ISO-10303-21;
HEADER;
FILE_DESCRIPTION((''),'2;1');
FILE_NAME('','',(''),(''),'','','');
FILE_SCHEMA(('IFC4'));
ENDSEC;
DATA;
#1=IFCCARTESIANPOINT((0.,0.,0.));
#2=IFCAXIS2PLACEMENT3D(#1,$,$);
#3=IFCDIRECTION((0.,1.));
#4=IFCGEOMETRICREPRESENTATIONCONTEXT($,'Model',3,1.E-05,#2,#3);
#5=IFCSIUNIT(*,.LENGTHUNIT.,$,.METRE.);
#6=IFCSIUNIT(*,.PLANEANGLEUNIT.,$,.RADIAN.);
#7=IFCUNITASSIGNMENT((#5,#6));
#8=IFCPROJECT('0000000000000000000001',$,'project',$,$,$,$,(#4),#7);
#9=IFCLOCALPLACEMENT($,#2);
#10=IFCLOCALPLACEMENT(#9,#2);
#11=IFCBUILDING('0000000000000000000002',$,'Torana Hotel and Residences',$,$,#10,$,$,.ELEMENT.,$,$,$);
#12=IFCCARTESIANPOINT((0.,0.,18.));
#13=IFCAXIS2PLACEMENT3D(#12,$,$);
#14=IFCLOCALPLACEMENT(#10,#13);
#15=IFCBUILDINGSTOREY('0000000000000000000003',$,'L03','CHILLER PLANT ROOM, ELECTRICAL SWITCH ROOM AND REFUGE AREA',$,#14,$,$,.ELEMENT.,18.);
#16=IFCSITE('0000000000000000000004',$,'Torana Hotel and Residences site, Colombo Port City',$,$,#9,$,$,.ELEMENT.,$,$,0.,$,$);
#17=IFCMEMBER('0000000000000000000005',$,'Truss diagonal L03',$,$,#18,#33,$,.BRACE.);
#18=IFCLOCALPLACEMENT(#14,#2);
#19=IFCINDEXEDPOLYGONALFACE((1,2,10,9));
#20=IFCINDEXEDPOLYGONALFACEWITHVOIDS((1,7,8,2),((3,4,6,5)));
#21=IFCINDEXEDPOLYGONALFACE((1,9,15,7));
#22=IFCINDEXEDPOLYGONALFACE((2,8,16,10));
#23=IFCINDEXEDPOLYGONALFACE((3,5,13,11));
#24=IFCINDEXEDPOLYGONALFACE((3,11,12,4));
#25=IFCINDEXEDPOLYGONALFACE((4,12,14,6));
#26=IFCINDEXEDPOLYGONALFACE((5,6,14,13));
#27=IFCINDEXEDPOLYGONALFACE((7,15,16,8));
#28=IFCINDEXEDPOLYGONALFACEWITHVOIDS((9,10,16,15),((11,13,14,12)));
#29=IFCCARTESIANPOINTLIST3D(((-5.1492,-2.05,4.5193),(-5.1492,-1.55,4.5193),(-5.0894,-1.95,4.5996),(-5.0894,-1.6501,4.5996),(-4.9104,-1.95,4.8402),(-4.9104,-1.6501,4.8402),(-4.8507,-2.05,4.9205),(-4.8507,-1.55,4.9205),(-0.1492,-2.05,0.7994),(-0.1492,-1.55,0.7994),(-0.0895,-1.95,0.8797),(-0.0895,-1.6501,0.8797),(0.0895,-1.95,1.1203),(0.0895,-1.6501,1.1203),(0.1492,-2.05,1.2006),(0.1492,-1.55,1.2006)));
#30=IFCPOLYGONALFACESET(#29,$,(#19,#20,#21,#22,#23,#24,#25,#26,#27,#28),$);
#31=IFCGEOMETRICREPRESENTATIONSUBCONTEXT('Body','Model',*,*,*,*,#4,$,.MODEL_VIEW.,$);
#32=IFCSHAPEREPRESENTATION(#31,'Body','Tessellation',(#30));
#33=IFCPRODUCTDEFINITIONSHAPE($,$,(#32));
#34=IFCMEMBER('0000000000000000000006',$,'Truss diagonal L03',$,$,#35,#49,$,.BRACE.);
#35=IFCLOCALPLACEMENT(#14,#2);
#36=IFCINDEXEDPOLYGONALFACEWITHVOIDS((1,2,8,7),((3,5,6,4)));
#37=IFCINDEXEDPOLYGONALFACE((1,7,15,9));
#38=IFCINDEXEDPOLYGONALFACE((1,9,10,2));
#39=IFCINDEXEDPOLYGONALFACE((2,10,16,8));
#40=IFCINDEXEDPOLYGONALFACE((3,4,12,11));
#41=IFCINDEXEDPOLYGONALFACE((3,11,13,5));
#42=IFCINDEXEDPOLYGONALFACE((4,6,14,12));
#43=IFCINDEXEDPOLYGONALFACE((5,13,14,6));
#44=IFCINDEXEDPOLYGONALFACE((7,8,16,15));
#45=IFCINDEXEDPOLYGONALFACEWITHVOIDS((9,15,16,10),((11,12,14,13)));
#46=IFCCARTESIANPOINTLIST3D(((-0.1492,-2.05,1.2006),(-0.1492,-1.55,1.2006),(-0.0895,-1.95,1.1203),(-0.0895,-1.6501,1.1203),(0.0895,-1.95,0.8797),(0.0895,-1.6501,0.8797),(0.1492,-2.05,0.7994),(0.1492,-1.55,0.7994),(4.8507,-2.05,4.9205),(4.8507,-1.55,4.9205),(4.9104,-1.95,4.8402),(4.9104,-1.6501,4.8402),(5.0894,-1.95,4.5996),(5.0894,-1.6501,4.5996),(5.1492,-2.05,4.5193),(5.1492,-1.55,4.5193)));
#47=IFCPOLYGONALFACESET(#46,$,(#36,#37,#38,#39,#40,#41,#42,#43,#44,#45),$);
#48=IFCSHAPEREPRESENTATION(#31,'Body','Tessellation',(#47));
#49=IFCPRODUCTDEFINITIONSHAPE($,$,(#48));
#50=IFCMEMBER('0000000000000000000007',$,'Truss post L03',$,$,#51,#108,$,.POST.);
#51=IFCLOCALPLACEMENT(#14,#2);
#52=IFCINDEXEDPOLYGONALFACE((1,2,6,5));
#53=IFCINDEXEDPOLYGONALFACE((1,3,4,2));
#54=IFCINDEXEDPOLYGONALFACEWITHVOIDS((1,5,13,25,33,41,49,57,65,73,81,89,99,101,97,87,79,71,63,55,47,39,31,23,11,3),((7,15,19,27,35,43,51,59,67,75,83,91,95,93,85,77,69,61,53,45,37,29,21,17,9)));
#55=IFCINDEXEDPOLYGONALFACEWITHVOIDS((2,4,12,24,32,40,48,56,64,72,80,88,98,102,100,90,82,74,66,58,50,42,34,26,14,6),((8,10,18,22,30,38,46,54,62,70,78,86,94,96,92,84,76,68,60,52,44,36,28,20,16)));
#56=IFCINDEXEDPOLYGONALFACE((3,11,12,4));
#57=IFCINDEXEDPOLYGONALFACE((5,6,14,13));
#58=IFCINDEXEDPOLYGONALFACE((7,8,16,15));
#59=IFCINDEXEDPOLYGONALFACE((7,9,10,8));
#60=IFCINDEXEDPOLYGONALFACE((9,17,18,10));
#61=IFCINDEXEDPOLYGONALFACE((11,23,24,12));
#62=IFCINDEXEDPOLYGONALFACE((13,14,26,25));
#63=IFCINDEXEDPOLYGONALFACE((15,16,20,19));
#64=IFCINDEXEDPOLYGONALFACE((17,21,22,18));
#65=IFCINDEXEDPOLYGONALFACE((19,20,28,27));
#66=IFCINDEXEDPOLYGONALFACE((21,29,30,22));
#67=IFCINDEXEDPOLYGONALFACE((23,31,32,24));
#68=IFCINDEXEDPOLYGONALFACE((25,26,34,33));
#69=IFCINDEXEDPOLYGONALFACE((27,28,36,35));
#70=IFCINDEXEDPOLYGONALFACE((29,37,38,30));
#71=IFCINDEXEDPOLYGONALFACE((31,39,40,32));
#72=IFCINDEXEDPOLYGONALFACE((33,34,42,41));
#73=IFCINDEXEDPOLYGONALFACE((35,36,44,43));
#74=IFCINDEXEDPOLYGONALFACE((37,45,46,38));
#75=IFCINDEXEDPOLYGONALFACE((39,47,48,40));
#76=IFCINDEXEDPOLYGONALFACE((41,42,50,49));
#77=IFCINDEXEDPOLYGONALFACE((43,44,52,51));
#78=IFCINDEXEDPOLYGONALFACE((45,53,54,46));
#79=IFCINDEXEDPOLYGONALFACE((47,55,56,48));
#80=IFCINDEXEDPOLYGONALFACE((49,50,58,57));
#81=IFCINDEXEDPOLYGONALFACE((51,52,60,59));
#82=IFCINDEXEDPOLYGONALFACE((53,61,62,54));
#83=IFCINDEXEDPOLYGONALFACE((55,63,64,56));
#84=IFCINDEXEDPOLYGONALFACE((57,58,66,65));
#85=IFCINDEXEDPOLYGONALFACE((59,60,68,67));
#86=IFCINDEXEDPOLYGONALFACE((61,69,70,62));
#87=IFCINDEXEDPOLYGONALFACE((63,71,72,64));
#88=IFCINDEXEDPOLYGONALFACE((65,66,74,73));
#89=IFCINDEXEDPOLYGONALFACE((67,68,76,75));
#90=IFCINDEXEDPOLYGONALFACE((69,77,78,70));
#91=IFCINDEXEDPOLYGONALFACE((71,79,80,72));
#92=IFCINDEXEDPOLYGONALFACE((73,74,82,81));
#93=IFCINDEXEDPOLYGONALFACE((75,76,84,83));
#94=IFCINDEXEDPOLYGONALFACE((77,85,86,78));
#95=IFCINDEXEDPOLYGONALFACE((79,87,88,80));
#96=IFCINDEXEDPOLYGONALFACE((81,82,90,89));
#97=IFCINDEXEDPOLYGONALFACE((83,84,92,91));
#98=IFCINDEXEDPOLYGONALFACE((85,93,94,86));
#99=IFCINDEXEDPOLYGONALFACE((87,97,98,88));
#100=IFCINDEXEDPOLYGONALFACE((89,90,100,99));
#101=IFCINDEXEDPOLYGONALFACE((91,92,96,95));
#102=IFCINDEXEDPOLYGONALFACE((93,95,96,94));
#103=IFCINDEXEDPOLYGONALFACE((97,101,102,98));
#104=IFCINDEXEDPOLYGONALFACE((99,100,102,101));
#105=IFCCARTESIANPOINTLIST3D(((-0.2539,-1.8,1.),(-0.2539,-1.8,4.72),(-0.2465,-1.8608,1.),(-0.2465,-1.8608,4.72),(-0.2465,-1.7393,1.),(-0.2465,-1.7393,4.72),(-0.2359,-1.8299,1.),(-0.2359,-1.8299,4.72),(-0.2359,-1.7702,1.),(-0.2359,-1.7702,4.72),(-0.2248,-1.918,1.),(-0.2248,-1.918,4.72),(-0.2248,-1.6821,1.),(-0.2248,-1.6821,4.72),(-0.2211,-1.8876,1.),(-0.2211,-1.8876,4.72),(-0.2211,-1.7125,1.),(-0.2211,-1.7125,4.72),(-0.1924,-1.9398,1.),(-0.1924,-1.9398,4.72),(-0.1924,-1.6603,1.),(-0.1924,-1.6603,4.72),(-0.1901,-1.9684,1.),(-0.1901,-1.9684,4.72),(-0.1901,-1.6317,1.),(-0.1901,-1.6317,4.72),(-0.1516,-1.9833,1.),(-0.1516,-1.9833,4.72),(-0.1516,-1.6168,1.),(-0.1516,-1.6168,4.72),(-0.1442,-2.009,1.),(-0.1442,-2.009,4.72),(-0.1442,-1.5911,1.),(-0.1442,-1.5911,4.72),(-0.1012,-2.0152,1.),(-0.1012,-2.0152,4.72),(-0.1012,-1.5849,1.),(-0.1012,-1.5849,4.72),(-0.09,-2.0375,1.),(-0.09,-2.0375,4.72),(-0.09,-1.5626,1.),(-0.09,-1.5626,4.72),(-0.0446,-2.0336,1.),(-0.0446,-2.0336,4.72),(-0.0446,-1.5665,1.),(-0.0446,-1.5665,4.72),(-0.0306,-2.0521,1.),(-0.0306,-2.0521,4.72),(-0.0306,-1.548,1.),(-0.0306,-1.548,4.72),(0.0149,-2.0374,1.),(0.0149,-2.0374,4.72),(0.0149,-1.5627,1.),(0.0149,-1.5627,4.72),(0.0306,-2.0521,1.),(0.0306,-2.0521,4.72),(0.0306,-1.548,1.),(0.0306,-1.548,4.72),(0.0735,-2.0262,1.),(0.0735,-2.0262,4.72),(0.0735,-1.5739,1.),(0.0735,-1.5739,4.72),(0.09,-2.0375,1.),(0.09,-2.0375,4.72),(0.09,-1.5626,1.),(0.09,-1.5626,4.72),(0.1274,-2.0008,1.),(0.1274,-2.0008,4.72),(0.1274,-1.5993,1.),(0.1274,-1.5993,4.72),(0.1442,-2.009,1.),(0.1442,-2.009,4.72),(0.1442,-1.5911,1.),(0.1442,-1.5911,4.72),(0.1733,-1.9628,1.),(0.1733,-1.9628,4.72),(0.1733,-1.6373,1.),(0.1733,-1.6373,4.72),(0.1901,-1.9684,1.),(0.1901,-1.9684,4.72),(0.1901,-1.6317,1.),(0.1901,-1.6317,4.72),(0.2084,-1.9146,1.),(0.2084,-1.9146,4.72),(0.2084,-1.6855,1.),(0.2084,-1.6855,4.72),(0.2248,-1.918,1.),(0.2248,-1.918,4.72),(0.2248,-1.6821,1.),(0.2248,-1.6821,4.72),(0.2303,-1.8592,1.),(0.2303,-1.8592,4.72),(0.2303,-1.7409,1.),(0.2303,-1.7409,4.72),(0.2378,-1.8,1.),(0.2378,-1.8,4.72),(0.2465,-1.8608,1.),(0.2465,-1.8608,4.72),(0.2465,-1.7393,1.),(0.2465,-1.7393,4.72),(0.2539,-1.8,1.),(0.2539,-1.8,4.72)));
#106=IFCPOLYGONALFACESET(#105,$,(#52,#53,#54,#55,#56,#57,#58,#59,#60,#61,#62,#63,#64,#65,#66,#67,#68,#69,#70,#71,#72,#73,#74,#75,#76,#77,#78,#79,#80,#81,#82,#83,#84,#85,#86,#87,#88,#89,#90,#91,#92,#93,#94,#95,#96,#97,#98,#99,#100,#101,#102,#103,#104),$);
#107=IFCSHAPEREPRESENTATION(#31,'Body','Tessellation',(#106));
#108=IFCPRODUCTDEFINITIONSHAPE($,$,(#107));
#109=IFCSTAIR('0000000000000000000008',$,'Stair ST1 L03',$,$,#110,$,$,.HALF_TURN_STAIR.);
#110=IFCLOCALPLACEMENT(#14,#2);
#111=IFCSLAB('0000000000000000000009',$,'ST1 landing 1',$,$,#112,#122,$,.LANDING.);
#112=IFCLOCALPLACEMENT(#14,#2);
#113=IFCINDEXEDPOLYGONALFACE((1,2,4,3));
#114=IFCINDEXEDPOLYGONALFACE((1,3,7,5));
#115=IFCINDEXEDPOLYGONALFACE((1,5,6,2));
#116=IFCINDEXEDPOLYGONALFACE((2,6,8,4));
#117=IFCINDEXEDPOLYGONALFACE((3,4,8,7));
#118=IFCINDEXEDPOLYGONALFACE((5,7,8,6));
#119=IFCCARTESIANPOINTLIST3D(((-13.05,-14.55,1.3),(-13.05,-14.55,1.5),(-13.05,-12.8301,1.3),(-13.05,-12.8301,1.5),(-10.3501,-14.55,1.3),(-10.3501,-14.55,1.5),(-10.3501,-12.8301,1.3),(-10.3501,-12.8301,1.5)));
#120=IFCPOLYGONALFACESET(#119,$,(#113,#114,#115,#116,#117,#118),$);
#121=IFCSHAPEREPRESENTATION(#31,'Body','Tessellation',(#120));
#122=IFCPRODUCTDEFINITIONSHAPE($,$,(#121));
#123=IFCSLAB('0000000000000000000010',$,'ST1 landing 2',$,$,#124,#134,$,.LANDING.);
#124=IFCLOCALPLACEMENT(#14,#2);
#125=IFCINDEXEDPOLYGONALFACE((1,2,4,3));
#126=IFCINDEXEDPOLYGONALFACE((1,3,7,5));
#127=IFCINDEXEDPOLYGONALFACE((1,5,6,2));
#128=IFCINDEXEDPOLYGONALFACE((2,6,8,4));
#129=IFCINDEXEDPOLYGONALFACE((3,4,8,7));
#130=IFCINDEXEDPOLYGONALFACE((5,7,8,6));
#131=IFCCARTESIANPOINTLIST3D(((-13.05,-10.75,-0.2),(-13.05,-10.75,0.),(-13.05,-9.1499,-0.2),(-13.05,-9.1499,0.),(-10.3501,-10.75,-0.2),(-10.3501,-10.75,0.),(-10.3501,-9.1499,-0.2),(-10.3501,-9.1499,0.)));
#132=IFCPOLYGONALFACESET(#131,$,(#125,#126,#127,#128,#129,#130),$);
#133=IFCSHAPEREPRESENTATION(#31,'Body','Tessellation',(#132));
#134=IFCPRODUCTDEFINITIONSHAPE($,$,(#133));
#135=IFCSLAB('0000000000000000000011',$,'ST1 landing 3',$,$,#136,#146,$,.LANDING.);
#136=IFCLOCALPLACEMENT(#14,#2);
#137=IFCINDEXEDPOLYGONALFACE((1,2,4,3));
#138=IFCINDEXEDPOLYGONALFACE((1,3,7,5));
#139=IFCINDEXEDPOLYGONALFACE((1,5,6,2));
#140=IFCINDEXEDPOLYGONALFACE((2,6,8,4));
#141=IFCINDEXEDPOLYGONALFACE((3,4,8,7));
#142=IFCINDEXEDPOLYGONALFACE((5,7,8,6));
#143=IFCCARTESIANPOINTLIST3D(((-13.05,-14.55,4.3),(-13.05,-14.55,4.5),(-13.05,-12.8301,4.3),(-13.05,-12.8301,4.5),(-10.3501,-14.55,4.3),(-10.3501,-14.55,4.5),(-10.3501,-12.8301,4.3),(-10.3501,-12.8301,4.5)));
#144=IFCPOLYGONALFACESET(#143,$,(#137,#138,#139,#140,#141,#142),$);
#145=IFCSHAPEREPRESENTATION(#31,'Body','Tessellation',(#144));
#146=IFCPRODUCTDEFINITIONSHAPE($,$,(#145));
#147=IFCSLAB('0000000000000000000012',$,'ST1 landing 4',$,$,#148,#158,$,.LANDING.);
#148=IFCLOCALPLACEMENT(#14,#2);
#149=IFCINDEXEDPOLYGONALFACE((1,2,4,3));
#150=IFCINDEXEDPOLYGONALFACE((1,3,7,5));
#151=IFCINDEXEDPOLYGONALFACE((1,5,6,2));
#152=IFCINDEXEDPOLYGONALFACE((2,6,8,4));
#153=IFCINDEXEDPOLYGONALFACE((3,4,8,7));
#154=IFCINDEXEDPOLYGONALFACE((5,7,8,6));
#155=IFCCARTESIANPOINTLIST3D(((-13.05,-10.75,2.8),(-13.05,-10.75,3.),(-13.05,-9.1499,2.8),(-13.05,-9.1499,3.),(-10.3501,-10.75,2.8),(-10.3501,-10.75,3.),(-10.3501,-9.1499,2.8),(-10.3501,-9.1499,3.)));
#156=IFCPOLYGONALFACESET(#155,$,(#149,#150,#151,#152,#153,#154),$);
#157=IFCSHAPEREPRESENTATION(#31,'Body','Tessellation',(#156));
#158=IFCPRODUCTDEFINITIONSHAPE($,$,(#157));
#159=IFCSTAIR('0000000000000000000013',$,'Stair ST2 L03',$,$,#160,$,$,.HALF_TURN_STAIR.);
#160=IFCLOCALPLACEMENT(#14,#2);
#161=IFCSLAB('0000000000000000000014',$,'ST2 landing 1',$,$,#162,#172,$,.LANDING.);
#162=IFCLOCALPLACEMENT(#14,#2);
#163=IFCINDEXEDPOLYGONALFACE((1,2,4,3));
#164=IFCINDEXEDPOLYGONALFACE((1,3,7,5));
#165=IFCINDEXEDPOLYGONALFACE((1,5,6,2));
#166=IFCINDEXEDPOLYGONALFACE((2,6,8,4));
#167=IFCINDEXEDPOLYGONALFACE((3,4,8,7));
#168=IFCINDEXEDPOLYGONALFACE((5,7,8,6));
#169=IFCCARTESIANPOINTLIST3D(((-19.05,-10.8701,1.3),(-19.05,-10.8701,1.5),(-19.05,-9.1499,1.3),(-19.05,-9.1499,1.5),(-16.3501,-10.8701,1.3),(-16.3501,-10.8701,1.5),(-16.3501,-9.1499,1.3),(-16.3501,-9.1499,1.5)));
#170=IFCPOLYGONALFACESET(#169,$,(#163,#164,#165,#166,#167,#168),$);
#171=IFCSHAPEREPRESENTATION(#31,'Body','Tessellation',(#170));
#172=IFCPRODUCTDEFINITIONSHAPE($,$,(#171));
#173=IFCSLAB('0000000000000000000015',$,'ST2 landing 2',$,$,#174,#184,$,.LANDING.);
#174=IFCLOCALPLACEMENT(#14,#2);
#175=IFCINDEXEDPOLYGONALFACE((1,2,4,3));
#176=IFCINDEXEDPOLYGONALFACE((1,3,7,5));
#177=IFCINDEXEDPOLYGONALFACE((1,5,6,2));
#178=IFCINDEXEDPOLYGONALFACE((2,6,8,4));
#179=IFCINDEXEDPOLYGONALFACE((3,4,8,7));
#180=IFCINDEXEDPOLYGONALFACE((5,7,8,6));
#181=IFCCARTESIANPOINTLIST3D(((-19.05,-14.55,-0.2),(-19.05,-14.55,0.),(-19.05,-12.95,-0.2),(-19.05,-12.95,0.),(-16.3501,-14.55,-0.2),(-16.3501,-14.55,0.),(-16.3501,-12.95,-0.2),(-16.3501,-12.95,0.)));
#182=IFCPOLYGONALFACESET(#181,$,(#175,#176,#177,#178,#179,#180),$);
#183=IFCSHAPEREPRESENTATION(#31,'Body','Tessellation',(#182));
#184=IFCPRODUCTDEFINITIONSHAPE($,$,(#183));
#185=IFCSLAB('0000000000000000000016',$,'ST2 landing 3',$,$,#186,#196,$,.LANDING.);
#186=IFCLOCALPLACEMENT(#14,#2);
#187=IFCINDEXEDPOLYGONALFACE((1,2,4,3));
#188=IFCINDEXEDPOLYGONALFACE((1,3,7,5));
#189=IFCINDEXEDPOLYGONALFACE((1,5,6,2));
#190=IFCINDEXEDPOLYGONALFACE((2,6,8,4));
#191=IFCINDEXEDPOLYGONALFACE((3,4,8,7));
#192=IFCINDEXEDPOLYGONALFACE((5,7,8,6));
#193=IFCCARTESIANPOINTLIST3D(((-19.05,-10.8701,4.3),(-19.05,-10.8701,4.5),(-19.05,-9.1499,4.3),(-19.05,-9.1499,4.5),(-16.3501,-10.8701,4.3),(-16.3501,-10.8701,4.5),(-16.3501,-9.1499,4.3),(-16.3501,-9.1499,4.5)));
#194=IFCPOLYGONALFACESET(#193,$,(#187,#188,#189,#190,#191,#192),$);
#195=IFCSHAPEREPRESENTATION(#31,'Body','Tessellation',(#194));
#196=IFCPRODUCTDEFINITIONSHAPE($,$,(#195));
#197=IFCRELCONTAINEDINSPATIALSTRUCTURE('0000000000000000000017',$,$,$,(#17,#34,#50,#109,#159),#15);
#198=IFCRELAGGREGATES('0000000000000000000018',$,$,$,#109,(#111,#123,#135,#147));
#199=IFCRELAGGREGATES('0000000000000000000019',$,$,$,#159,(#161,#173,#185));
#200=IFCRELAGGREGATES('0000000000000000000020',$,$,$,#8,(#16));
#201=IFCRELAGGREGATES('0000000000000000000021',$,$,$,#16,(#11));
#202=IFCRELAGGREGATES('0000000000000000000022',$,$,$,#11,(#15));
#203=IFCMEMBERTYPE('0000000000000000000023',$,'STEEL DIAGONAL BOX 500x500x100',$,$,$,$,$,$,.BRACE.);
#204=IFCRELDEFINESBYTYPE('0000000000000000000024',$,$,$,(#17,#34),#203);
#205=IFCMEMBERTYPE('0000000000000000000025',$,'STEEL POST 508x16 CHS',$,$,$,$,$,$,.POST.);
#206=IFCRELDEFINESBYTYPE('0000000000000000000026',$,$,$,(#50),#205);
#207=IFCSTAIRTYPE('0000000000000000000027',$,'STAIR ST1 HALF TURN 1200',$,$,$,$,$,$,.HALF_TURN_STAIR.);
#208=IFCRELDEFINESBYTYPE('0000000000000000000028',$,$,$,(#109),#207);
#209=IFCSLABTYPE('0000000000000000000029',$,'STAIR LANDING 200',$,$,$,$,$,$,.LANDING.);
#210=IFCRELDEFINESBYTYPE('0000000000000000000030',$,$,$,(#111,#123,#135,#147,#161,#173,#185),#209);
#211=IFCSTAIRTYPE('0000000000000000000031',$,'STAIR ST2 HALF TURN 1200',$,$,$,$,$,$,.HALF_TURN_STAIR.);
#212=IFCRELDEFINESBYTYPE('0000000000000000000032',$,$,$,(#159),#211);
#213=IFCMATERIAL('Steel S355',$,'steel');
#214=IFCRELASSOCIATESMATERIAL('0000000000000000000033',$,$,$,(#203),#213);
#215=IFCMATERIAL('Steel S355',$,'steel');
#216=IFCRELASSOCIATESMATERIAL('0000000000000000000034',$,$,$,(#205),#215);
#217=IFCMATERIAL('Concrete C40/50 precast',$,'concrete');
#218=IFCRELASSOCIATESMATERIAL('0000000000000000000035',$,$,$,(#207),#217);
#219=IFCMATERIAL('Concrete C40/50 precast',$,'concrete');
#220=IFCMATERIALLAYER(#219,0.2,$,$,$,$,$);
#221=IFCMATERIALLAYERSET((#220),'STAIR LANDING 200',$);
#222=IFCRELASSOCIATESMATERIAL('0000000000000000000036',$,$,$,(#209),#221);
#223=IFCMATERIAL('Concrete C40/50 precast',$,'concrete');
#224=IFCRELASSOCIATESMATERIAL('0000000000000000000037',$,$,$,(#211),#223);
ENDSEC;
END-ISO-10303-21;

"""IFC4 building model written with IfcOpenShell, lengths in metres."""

from ifc_helpers import new_model, si_unit, direction, frame, origin, origin_2d, place, context, subcontext, project, spatial, polyline, hollow_rectangle, hollow_circle, outline, extrude, material, layer, layer_set, material_profile, profile_set, type_object, element, aggregate, save


model = new_model("IFC4")

# Units and contexts
model_context = context("Model", 3, precision=1e-05, world=origin(), true_north=direction((0.0, 1.0)))
body_context = subcontext(model_context, "Body", "Model", "MODEL_VIEW")
ifc_project = project(units=[si_unit("LENGTHUNIT", "METRE"), si_unit("PLANEANGLEUNIT", "RADIAN")], contexts=[model_context])

# Site, building, storey
site_placement = place(None, origin())
site = spatial("IfcSite", under=ifc_project, at=site_placement, Name="Torana Hotel and Residences site, Colombo Port City", CompositionType="ELEMENT", RefElevation=0.0)
building_placement = place(site_placement, origin())
building = spatial("IfcBuilding", under=site, at=building_placement, Name="Torana Hotel and Residences", CompositionType="ELEMENT")
storey_placement = place(building_placement, frame((0.0, 0.0, 18.0)))
storey = spatial("IfcBuildingStorey", under=building, at=storey_placement, Name="L03", Description="CHILLER PLANT ROOM, ELECTRICAL SWITCH ROOM AND REFUGE AREA", CompositionType="ELEMENT", Elevation=18.0)

# Members
ifc_material_1 = material(Name="Steel S355", Category="steel")
ifc_material_profile_1 = material_profile(ifc_material_1, hollow_rectangle(XDim=0.5, YDim=0.5, WallThickness=0.1001, at=origin_2d()), Name="BOX 500x500x100")
ifc_profile_set_1 = profile_set([ifc_material_profile_1], Name="Steel S355")
member_type_1 = type_object("IfcMemberType", Name="STEEL DIAGONAL BOX 500x500x100", PredefinedType="BRACE", material=ifc_profile_set_1)
for number, where, z_axis, x_axis, name in (
    (1, (0.0, -1.8, 1.0), (-0.802307, 0.0, 0.596912), (0.0, -1.0, 0.0), "Truss diagonal L03"),
    (2, (0.0, -1.8, 1.0), (0.802307, 0.0, 0.596912), (0.0, 1.0, 0.0), "Truss diagonal L03"),
):
    element("IfcMember", number, at=place(storey_placement, frame(where, z_axis=z_axis, x_axis=x_axis)), inside=storey, type_object=member_type_1, Name=name, PredefinedType="BRACE", context=body_context, shape_type="SweptSolid", body=[
        extrude(hollow_rectangle(XDim=0.5, YDim=0.5, WallThickness=0.1001, at=origin_2d()), origin(), (0.0, 0.0, 1.0), 6.2319),
    ])
ifc_material_2 = material(Name="Steel S355", Category="steel")
ifc_material_profile_2 = material_profile(ifc_material_2, hollow_circle(Radius=0.2539, WallThickness=0.0161, at=origin_2d()), Name="508x16 CHS")
ifc_profile_set_2 = profile_set([ifc_material_profile_2], Name="Steel S355")
member_type_2 = type_object("IfcMemberType", Name="STEEL POST 508x16 CHS", PredefinedType="POST", material=ifc_profile_set_2)
member_placement = place(storey_placement, frame((0.0, -1.8, 1.0), z_axis=(0.0, 0.0, 1.0), x_axis=(1.0, 0.0, 0.0)))
element("IfcMember", 3, at=member_placement, inside=storey, type_object=member_type_2, Name="Truss post L03", PredefinedType="POST", context=body_context, shape_type="SweptSolid", body=[
    extrude(hollow_circle(Radius=0.2539, WallThickness=0.0161, at=origin_2d()), origin(), (0.0, 0.0, 1.0), 3.72),
])

# Stairs, slabs
ifc_material_3 = material(Name="Concrete C40/50 precast", Category="concrete")
stair_type_1 = type_object("IfcStairType", Name="STAIR ST1 HALF TURN 1200", PredefinedType="HALF_TURN_STAIR", material=ifc_material_3)
stair_1_placement = place(storey_placement, origin())
stair_1 = element("IfcStair", 4, at=stair_1_placement, inside=storey, type_object=stair_type_1, Name="Stair ST1 L03", PredefinedType="HALF_TURN_STAIR")
ifc_material_4 = material(Name="Concrete C40/50 precast", Category="concrete")
ifc_layer_1 = layer(ifc_material_4, 0.2)
ifc_layer_set_1 = layer_set([ifc_layer_1], Name="STAIR LANDING 200")
slab_type_1 = type_object("IfcSlabType", Name="STAIR LANDING 200", PredefinedType="LANDING", material=ifc_layer_set_1)
slab_1_placement = place(storey_placement, frame((0.0, 0.0, 1.3)))
slab_1 = element("IfcSlab", 5, at=slab_1_placement, type_object=slab_type_1, Name="ST1 landing 1", PredefinedType="LANDING", context=body_context, shape_type="SweptSolid", body=[
    extrude(outline(polyline([(-13.05, -14.55), (-10.3501, -14.55), (-10.3501, -12.8301), (-13.05, -12.8301), (-13.05, -14.55)])), origin(), (0.0, 0.0, 1.0), 0.2),
])
slab_2_placement = place(storey_placement, frame((0.0, 0.0, -0.2)))
slab_2 = element("IfcSlab", 6, at=slab_2_placement, type_object=slab_type_1, Name="ST1 landing 2", PredefinedType="LANDING", context=body_context, shape_type="SweptSolid", body=[
    extrude(outline(polyline([(-13.05, -10.75), (-10.3501, -10.75), (-10.3501, -9.1499), (-13.05, -9.1499), (-13.05, -10.75)])), origin(), (0.0, 0.0, 1.0), 0.2),
])
slab_3_placement = place(storey_placement, frame((0.0, 0.0, 4.3)))
slab_3 = element("IfcSlab", 7, at=slab_3_placement, type_object=slab_type_1, Name="ST1 landing 3", PredefinedType="LANDING", context=body_context, shape_type="SweptSolid", body=[
    extrude(outline(polyline([(-13.05, -14.55), (-10.3501, -14.55), (-10.3501, -12.8301), (-13.05, -12.8301), (-13.05, -14.55)])), origin(), (0.0, 0.0, 1.0), 0.2),
])
slab_4_placement = place(storey_placement, frame((0.0, 0.0, 2.8)))
slab_4 = element("IfcSlab", 8, at=slab_4_placement, type_object=slab_type_1, Name="ST1 landing 4", PredefinedType="LANDING", context=body_context, shape_type="SweptSolid", body=[
    extrude(outline(polyline([(-13.05, -10.75), (-10.3501, -10.75), (-10.3501, -9.1499), (-13.05, -9.1499), (-13.05, -10.75)])), origin(), (0.0, 0.0, 1.0), 0.2),
])
aggregate(stair_1, [slab_1, slab_2, slab_3, slab_4])
ifc_material_5 = material(Name="Concrete C40/50 precast", Category="concrete")
stair_type_2 = type_object("IfcStairType", Name="STAIR ST2 HALF TURN 1200", PredefinedType="HALF_TURN_STAIR", material=ifc_material_5)
stair_2_placement = place(storey_placement, origin())
stair_2 = element("IfcStair", 9, at=stair_2_placement, inside=storey, type_object=stair_type_2, Name="Stair ST2 L03", PredefinedType="HALF_TURN_STAIR")
slab_5_placement = place(storey_placement, frame((0.0, 0.0, 1.3)))
slab_5 = element("IfcSlab", 10, at=slab_5_placement, type_object=slab_type_1, Name="ST2 landing 1", PredefinedType="LANDING", context=body_context, shape_type="SweptSolid", body=[
    extrude(outline(polyline([(-19.05, -10.8701), (-16.3501, -10.8701), (-16.3501, -9.1499), (-19.05, -9.1499), (-19.05, -10.8701)])), origin(), (0.0, 0.0, 1.0), 0.2),
])
slab_6_placement = place(storey_placement, frame((0.0, 0.0, -0.2)))
slab_6 = element("IfcSlab", 11, at=slab_6_placement, type_object=slab_type_1, Name="ST2 landing 2", PredefinedType="LANDING", context=body_context, shape_type="SweptSolid", body=[
    extrude(outline(polyline([(-19.05, -14.55), (-16.3501, -14.55), (-16.3501, -12.95), (-19.05, -12.95), (-19.05, -14.55)])), origin(), (0.0, 0.0, 1.0), 0.2),
])
slab_7_placement = place(storey_placement, frame((0.0, 0.0, 4.3)))
slab_7 = element("IfcSlab", 12, at=slab_7_placement, type_object=slab_type_1, Name="ST2 landing 3", PredefinedType="LANDING", context=body_context, shape_type="SweptSolid", body=[
    extrude(outline(polyline([(-19.05, -10.8701), (-16.3501, -10.8701), (-16.3501, -9.1499), (-19.05, -9.1499), (-19.05, -10.8701)])), origin(), (0.0, 0.0, 1.0), 0.2),
])
aggregate(stair_2, [slab_5, slab_6, slab_7])

save(model, "model.ifc")
